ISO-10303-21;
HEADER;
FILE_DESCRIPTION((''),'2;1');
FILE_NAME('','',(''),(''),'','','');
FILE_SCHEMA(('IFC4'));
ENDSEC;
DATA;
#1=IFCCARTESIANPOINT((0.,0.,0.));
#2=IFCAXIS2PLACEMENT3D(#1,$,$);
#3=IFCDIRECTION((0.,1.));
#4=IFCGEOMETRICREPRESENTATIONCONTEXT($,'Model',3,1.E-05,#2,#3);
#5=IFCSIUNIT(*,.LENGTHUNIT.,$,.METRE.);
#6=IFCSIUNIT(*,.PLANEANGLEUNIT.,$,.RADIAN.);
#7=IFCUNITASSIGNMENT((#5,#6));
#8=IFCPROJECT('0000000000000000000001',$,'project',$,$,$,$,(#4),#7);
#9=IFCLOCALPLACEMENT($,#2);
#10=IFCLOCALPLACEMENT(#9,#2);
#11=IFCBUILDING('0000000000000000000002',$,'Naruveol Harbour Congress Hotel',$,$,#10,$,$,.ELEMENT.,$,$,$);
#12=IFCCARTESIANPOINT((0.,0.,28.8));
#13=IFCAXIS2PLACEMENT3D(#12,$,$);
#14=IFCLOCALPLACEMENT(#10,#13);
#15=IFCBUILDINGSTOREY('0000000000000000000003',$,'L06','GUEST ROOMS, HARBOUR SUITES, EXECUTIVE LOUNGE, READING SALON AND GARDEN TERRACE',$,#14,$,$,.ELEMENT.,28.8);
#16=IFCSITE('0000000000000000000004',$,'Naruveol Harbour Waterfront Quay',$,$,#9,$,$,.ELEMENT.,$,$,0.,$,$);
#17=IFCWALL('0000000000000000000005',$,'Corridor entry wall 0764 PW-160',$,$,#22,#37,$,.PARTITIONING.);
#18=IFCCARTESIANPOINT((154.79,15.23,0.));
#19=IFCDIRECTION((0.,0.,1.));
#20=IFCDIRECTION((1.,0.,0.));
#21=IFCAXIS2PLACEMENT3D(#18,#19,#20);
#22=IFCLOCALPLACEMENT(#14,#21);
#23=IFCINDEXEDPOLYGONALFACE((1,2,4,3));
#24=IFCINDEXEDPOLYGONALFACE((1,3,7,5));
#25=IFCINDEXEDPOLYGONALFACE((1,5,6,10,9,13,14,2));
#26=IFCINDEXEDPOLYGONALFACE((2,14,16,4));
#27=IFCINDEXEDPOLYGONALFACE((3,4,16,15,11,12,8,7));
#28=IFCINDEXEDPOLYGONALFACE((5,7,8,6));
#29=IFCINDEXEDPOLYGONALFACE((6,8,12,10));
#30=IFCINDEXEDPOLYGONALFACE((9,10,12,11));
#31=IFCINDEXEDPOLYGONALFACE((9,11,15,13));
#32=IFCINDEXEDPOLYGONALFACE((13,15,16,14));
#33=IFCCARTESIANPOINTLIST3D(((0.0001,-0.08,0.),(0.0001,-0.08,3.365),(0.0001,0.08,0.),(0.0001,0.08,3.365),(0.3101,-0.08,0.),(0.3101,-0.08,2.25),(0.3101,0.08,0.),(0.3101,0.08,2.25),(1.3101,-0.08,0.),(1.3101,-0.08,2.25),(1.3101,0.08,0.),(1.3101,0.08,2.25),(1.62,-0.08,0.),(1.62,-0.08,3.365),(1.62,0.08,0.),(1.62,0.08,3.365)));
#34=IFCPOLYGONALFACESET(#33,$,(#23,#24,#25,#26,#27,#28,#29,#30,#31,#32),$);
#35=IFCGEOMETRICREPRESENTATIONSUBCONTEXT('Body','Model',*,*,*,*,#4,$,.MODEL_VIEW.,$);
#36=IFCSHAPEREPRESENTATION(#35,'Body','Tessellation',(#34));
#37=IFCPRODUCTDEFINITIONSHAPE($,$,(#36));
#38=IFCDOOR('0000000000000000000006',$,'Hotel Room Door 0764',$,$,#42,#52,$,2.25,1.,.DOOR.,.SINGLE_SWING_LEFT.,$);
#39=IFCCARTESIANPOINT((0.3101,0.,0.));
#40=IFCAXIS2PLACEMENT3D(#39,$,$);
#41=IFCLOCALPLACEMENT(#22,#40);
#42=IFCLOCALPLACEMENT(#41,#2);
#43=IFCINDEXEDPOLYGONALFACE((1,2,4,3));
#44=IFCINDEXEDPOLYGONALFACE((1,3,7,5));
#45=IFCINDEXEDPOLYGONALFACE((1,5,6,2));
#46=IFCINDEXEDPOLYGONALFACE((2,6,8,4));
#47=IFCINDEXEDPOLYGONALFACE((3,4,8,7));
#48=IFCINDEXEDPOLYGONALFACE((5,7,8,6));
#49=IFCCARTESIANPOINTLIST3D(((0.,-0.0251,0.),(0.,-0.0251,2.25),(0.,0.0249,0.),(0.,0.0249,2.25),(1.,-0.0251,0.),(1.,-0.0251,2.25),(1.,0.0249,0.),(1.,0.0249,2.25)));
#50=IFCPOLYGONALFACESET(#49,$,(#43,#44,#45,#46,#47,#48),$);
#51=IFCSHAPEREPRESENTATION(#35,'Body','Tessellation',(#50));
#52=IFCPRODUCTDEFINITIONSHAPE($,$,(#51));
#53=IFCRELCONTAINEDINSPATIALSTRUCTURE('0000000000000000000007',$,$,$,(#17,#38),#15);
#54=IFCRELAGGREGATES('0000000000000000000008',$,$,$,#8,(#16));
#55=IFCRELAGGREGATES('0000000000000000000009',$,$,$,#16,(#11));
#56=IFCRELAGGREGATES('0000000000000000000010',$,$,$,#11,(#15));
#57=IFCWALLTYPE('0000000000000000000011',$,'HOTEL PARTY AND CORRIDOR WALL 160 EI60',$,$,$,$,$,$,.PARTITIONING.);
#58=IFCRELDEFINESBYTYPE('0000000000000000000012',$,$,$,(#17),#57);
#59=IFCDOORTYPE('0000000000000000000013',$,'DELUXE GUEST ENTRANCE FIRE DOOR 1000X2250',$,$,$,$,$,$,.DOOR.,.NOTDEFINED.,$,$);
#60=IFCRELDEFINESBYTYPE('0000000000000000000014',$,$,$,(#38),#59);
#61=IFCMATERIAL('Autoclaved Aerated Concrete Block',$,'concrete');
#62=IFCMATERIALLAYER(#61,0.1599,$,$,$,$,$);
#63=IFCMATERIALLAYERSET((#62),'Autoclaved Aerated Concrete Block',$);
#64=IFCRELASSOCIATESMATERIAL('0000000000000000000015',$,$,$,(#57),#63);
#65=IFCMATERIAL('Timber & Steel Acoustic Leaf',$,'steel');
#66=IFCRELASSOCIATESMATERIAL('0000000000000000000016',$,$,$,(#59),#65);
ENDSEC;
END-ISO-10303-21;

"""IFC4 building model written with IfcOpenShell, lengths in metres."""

from ifc_helpers import new_model, si_unit, direction, frame, frame_2d, origin, place, context, subcontext, project, spatial, rectangle, extrude, material, layer, layer_set, type_object, element, fill, save


model = new_model("IFC4")

# Units and contexts
model_context = context("Model", 3, precision=1e-05, world=origin(), true_north=direction((0.0, 1.0)))
body_context = subcontext(model_context, "Body", "Model", "MODEL_VIEW")
ifc_project = project(units=[si_unit("LENGTHUNIT", "METRE"), si_unit("PLANEANGLEUNIT", "RADIAN")], contexts=[model_context])

# Site, building, storey
site_placement = place(None, origin())
site = spatial("IfcSite", under=ifc_project, at=site_placement, Name="Naruveol Harbour Waterfront Quay", CompositionType="ELEMENT", RefElevation=0.0)
building_placement = place(site_placement, origin())
building = spatial("IfcBuilding", under=site, at=building_placement, Name="Naruveol Harbour Congress Hotel", CompositionType="ELEMENT")
storey_placement = place(building_placement, frame((0.0, 0.0, 28.8)))
storey = spatial("IfcBuildingStorey", under=building, at=storey_placement, Name="L06", Description="GUEST ROOMS, HARBOUR SUITES, EXECUTIVE LOUNGE, READING SALON AND GARDEN TERRACE", CompositionType="ELEMENT", Elevation=28.8)

# Shared definitions
ifc_material_1 = material(Name="Autoclaved Aerated Concrete Block", Category="concrete")
ifc_layer_1 = layer(ifc_material_1, 0.1599)
ifc_layer_set_1 = layer_set([ifc_layer_1], Name="Autoclaved Aerated Concrete Block")
wall_type_1 = type_object("IfcWallType", Name="HOTEL PARTY AND CORRIDOR WALL 160 EI60", PredefinedType="PARTITIONING", material=ifc_layer_set_1)

# Shared definitions
ifc_material_2 = material(Name="Timber & Steel Acoustic Leaf", Category="steel")
door_type_1 = type_object("IfcDoorType", Name="DELUXE GUEST ENTRANCE FIRE DOOR 1000X2250", OperationType="NOTDEFINED", PredefinedType="DOOR", material=ifc_material_2)

# Wall, opening, door
wall_1_placement = place(storey_placement, frame((154.79, 15.23, 0.0), z_axis=(0.0, 0.0, 1.0), x_axis=(1.0, 0.0, 0.0)))
wall_1 = element("IfcWall", 1, at=wall_1_placement, inside=storey, type_object=wall_type_1, Name="Corridor entry wall 0764 PW-160", PredefinedType="PARTITIONING", context=body_context, shape_type="SweptSolid", body=[
    extrude(rectangle(XDim=1.6199, YDim=0.1599, at=frame_2d((0.8101, 0.0))), origin(), (0.0, 0.0, 1.0), 3.365),
])
opening_1_placement = place(wall_1_placement, frame((0.3101, 0.0, 0.0)))
opening_1 = element("IfcOpeningElement", 2, at=opening_1_placement, cuts=wall_1, PredefinedType="OPENING", context=body_context, shape_type="SweptSolid", body=[
    extrude(rectangle(XDim=1.0, YDim=2.25, at=frame_2d((0.5, 1.125))), frame((0.0, 0.0898, 0.0), z_axis=(0.0, -1.0, 0.0), x_axis=(1.0, 0.0, 0.0)), (0.0, 0.0, 1.0), 0.1799),
])
door_1_placement = place(opening_1_placement, origin())
door_1 = element("IfcDoor", 3, at=door_1_placement, inside=storey, type_object=door_type_1, Name="Hotel Room Door 0764", OperationType="SINGLE_SWING_LEFT", OverallHeight=2.25, OverallWidth=1.0, PredefinedType="DOOR", context=body_context, shape_type="SweptSolid", body=[
    extrude(rectangle(XDim=1.0, YDim=2.25, at=frame_2d((0.5, 1.125))), frame((0.0, 0.0249, 0.0), z_axis=(0.0, -1.0, 0.0), x_axis=(1.0, 0.0, 0.0)), (0.0, 0.0, 1.0), 0.05),
])
fill(opening_1, door_1)

save(model, "model.ifc")
